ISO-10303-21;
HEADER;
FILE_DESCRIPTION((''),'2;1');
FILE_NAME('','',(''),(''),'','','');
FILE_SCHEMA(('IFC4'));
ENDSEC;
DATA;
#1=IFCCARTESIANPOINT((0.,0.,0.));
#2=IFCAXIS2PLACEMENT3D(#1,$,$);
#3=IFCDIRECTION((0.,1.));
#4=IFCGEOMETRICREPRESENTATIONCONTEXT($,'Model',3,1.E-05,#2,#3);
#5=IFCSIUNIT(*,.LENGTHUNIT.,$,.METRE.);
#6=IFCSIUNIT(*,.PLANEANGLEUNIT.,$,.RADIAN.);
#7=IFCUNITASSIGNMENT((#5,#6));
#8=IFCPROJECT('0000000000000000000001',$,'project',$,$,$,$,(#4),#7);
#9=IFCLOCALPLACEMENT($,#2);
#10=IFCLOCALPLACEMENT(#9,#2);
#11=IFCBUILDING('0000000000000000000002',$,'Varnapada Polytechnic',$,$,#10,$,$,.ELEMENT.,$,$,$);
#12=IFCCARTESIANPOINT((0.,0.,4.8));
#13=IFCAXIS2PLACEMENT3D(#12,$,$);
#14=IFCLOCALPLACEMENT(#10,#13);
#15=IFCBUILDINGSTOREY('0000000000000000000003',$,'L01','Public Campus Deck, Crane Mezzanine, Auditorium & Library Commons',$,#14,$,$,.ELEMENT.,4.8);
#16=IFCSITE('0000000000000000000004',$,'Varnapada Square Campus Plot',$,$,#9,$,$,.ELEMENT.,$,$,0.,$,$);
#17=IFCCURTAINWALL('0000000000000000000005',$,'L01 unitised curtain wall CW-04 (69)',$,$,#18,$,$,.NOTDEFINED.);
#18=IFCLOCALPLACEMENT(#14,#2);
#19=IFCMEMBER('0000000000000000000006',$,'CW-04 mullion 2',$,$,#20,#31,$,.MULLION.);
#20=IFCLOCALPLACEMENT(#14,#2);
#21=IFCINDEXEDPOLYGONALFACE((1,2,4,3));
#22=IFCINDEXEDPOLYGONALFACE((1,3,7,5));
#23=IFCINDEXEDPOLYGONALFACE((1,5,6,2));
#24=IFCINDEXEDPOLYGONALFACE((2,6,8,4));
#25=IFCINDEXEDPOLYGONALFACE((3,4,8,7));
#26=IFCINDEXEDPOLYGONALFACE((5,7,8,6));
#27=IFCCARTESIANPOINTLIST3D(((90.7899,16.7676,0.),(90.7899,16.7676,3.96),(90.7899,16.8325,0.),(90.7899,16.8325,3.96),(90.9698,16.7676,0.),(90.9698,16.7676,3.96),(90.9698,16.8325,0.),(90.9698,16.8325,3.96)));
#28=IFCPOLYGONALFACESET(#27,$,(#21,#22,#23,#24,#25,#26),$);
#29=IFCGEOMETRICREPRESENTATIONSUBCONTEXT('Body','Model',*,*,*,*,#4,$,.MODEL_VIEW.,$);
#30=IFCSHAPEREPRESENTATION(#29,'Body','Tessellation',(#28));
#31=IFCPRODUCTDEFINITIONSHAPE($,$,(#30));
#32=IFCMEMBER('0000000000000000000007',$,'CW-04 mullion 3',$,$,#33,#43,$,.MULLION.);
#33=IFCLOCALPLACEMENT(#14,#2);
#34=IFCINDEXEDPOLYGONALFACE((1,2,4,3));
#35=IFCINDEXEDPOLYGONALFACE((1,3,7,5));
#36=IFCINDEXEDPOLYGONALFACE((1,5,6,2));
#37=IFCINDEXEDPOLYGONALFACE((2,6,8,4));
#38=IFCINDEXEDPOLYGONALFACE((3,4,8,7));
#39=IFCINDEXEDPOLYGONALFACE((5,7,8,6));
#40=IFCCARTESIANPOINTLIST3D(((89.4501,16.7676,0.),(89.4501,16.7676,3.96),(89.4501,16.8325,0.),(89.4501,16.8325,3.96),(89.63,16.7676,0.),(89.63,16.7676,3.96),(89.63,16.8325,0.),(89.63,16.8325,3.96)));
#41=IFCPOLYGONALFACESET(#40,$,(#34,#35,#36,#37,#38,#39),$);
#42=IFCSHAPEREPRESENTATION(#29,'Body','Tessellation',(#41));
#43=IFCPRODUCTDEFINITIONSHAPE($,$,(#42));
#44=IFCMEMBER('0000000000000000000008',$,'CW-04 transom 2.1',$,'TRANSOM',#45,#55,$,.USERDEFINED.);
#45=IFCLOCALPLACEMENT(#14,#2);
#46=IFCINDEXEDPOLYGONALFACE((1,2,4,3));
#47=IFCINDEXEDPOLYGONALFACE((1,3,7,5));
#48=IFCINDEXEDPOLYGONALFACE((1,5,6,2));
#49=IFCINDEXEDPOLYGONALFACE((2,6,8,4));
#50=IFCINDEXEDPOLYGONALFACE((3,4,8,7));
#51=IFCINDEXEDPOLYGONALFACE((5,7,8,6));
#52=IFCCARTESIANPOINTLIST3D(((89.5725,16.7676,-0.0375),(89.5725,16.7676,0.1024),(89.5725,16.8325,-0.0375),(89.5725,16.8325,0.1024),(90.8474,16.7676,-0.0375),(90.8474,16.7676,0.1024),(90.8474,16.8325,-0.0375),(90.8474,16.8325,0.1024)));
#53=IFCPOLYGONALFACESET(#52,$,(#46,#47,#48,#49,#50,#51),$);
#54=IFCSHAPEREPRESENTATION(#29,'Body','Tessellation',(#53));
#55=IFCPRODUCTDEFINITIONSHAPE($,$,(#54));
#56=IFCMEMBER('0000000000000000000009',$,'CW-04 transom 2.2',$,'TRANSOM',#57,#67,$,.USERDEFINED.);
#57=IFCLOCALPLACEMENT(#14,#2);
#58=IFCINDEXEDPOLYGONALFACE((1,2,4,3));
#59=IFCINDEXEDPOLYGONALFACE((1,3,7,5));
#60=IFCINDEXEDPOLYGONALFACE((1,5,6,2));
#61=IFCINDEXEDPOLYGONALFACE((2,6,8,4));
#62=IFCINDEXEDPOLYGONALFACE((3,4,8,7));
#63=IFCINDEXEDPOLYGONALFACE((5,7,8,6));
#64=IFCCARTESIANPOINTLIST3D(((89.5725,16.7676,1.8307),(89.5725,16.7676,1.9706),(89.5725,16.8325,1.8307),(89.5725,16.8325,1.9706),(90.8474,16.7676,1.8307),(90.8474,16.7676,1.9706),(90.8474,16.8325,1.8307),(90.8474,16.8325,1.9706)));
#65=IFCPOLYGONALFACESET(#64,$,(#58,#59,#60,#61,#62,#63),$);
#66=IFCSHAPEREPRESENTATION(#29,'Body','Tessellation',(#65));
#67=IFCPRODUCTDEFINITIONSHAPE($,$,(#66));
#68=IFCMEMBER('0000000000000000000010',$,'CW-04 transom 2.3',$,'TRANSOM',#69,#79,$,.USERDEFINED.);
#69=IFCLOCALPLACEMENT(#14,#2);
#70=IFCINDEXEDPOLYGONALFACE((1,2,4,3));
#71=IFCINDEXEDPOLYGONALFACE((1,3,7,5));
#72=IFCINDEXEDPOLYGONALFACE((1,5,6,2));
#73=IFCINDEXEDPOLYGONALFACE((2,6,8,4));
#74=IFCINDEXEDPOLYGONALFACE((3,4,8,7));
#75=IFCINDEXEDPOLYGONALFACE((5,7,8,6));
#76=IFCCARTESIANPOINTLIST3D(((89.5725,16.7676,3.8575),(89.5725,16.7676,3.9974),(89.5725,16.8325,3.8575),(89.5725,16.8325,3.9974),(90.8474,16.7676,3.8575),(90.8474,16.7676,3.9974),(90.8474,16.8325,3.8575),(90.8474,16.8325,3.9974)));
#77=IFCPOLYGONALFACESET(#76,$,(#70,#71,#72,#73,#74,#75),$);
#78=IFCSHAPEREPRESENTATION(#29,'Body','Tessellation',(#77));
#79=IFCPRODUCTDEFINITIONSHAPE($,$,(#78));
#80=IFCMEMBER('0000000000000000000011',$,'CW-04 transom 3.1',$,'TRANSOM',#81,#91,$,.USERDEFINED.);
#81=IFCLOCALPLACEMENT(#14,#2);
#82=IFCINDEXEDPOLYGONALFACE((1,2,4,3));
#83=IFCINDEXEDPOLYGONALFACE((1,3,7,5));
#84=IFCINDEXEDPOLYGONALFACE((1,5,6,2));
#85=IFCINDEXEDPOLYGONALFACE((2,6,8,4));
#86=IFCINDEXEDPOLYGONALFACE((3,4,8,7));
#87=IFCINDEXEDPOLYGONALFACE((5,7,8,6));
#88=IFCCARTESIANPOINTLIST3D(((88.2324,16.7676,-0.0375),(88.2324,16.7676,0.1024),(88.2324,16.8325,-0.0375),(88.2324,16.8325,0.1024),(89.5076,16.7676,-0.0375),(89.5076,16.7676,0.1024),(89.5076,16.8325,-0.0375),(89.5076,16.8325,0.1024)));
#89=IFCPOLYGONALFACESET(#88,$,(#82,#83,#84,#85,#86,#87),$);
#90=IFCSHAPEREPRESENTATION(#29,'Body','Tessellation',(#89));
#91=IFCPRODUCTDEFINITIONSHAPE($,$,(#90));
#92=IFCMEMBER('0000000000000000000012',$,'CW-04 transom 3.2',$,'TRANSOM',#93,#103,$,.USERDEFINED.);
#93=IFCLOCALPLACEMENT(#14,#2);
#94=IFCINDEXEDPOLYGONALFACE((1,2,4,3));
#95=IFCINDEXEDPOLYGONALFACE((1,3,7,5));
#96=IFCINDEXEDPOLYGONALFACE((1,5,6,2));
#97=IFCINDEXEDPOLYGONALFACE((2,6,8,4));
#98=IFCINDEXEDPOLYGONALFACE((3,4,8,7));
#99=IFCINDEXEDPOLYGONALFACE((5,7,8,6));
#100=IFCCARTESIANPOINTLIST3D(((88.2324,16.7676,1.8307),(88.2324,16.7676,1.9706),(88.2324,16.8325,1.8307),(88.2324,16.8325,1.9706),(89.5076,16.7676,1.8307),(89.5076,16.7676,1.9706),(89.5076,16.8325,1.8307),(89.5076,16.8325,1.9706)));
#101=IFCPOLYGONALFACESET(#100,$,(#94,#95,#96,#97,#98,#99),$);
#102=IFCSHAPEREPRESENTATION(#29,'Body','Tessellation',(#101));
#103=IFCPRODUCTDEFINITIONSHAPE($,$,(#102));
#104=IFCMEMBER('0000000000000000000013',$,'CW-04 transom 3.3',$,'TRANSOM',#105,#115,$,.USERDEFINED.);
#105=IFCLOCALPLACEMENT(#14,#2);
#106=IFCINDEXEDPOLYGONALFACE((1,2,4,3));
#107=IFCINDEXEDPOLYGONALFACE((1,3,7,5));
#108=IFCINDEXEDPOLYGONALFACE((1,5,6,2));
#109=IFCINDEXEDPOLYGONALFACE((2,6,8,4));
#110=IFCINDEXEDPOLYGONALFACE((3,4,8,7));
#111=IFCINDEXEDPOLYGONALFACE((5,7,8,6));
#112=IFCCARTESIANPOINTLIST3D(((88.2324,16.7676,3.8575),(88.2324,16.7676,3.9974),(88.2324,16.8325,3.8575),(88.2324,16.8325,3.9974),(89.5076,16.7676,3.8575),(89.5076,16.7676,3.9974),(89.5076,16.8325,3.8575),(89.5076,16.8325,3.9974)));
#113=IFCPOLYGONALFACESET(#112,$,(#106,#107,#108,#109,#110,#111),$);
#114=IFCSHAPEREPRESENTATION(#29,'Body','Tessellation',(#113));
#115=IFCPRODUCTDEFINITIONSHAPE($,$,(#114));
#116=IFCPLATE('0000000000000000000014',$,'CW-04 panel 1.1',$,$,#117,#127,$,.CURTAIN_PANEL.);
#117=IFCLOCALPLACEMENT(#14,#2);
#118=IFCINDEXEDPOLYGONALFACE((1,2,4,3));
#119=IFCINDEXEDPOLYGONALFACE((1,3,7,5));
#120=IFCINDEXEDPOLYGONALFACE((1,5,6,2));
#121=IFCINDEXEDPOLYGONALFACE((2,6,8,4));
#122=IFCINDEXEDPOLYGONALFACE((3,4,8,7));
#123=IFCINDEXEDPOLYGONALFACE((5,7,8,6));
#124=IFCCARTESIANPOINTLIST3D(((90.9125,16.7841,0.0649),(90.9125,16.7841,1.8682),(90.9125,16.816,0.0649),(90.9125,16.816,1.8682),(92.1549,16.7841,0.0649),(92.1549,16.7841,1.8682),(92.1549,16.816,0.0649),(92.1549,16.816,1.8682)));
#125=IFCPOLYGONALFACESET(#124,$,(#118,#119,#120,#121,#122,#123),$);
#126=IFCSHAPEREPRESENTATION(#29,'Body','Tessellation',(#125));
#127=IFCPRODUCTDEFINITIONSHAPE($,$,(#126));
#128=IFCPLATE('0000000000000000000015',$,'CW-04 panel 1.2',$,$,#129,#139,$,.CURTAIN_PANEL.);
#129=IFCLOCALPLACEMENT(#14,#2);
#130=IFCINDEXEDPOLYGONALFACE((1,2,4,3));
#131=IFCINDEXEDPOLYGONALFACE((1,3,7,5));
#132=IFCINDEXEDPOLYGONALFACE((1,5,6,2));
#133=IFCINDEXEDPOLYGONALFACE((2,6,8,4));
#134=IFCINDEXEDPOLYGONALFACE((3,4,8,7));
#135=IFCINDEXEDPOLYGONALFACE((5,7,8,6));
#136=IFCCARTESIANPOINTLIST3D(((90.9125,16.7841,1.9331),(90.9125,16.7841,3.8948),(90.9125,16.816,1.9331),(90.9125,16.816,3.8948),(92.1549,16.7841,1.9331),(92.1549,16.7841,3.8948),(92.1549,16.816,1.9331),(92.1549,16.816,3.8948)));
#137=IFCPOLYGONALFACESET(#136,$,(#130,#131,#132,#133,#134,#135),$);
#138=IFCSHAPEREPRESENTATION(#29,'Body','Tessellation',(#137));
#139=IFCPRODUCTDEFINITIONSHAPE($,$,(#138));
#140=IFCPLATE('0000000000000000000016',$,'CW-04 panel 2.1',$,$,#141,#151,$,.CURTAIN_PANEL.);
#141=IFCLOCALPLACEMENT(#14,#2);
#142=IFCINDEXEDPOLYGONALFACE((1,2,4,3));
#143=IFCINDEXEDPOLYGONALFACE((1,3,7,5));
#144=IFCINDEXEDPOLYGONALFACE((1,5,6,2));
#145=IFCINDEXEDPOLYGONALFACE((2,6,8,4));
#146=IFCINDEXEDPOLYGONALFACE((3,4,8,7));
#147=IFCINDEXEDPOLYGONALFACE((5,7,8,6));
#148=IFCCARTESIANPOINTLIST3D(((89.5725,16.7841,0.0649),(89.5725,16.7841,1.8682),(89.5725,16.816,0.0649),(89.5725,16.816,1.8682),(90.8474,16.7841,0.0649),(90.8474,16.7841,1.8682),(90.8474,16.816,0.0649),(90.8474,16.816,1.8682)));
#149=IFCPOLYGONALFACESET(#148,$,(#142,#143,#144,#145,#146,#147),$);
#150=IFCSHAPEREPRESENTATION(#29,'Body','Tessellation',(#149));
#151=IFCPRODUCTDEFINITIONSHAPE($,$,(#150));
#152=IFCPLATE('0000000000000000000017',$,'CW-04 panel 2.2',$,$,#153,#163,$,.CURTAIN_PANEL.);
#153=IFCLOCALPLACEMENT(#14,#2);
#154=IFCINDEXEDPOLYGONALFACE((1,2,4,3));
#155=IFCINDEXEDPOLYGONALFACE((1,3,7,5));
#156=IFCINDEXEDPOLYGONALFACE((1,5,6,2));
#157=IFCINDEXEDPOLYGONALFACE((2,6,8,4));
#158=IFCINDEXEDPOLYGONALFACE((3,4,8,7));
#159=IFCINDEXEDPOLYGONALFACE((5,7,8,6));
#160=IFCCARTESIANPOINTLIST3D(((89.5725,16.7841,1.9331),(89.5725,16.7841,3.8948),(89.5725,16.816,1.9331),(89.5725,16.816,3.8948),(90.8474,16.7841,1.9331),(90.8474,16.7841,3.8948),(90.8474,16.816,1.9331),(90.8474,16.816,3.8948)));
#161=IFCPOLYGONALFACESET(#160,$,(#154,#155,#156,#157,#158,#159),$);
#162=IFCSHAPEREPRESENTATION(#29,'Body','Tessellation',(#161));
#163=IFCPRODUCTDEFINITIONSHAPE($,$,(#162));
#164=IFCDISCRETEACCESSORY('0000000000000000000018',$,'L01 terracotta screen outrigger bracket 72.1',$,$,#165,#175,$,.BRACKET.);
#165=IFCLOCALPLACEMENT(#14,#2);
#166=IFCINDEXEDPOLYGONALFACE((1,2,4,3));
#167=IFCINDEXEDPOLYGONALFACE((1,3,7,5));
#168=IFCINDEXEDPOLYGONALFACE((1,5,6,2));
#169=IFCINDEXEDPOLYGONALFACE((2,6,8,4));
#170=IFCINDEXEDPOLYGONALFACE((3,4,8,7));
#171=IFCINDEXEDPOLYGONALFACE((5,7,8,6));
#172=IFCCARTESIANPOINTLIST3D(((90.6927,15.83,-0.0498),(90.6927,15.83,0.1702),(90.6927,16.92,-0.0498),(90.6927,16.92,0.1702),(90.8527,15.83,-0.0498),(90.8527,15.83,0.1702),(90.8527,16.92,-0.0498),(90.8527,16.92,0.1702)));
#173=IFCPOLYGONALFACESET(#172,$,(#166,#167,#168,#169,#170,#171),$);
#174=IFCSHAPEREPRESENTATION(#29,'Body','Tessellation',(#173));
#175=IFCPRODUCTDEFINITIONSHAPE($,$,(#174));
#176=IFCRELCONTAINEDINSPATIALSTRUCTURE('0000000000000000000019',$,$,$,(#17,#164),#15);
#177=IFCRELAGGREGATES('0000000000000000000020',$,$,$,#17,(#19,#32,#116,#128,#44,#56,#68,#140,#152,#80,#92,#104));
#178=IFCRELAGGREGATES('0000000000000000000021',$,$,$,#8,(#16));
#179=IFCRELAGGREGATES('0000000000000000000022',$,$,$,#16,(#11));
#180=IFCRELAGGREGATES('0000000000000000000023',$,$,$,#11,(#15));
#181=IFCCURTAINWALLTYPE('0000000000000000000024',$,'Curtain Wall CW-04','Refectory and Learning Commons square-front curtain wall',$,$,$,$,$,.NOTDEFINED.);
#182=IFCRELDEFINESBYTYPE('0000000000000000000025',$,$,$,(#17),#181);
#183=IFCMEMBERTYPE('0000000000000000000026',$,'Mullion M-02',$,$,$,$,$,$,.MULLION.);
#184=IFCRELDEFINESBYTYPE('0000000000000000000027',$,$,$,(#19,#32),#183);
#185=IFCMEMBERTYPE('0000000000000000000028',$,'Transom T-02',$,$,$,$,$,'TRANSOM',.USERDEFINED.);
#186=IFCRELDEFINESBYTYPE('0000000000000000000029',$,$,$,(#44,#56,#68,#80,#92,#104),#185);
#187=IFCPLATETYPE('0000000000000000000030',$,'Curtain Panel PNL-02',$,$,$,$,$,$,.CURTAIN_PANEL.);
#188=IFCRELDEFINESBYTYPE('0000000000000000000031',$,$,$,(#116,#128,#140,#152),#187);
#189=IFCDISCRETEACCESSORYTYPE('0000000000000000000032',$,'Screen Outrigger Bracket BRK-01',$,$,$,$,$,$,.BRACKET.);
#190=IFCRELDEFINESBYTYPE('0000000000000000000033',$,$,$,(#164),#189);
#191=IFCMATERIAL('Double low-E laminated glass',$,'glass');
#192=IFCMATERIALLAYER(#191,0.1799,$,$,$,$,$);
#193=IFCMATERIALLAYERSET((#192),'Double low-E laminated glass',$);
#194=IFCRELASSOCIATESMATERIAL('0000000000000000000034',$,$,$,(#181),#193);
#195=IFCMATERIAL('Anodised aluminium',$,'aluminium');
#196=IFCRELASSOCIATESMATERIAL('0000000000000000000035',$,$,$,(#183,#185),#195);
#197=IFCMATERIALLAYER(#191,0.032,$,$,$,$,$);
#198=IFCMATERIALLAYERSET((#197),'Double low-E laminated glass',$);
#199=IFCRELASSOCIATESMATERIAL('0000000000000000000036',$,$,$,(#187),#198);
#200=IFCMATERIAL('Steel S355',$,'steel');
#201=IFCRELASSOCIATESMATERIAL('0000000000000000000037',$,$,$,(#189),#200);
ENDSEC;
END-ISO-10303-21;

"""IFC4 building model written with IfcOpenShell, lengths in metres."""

from ifc_helpers import new_model, si_unit, direction, frame, origin, origin_2d, place, context, subcontext, project, spatial, rectangle, extrude, material, layer, layer_set, material_profile, profile_set, type_object, element, aggregate, save


model = new_model("IFC4")

# Units and contexts
model_context = context("Model", 3, precision=1e-05, world=origin(), true_north=direction((0.0, 1.0)))
body_context = subcontext(model_context, "Body", "Model", "MODEL_VIEW")
ifc_project = project(units=[si_unit("LENGTHUNIT", "METRE"), si_unit("PLANEANGLEUNIT", "RADIAN")], contexts=[model_context])

# Site, building, storey
site_placement = place(None, origin())
site = spatial("IfcSite", under=ifc_project, at=site_placement, Name="Varnapada Square Campus Plot", CompositionType="ELEMENT", RefElevation=0.0)
building_placement = place(site_placement, origin())
building = spatial("IfcBuilding", under=site, at=building_placement, Name="Varnapada Polytechnic", CompositionType="ELEMENT")
storey_placement = place(building_placement, frame((0.0, 0.0, 4.8)))
storey = spatial("IfcBuildingStorey", under=building, at=storey_placement, Name="L01", Description="Public Campus Deck, Crane Mezzanine, Auditorium & Library Commons", CompositionType="ELEMENT", Elevation=4.8)

# Curtain wall, members, plates
ifc_material_1 = material(Name="Double low-E laminated glass", Category="glass")
ifc_layer_1 = layer(ifc_material_1, 0.1799)
ifc_layer_set_1 = layer_set([ifc_layer_1], Name="Double low-E laminated glass")
curtain_wall_type = type_object("IfcCurtainWallType", Name="Curtain Wall CW-04", Description="Refectory and Learning Commons square-front curtain wall", PredefinedType="NOTDEFINED", material=ifc_layer_set_1)
curtain_wall_placement = place(storey_placement, origin())
curtain_wall = element("IfcCurtainWall", 1, at=curtain_wall_placement, inside=storey, type_object=curtain_wall_type, Name="L01 unitised curtain wall CW-04 (69)", PredefinedType="NOTDEFINED")
ifc_material_2 = material(Name="Anodised aluminium", Category="aluminium")
ifc_material_profile_1 = material_profile(ifc_material_2, rectangle(XDim=0.0649, YDim=0.1799, at=origin_2d()), Name="ALU M65x180")
ifc_profile_set_1 = profile_set([ifc_material_profile_1], Name="Anodised aluminium")
member_type_1 = type_object("IfcMemberType", Name="Mullion M-02", PredefinedType="MULLION", material=ifc_profile_set_1)
member_1_placement = place(storey_placement, frame((90.8799, 16.8, 0.0), z_axis=(0.0, 0.0, 1.0), x_axis=(0.0, -1.0, 0.0)))
member_1 = element("IfcMember", 2, at=member_1_placement, type_object=member_type_1, Name="CW-04 mullion 2", PredefinedType="MULLION", context=body_context, shape_type="SweptSolid", body=[
    extrude(rectangle(XDim=0.0649, YDim=0.1799, at=origin_2d()), origin(), (0.0, 0.0, 1.0), 3.96),
])
member_2_placement = place(storey_placement, frame((89.54, 16.8, 0.0), z_axis=(0.0, 0.0, 1.0), x_axis=(0.0, -1.0, 0.0)))
member_2 = element("IfcMember", 3, at=member_2_placement, type_object=member_type_1, Name="CW-04 mullion 3", PredefinedType="MULLION", context=body_context, shape_type="SweptSolid", body=[
    extrude(rectangle(XDim=0.0649, YDim=0.1799, at=origin_2d()), origin(), (0.0, 0.0, 1.0), 3.96),
])
ifc_material_profile_2 = material_profile(ifc_material_2, rectangle(XDim=0.0649, YDim=0.1399, at=origin_2d()), Name="ALU T65x140")
ifc_profile_set_2 = profile_set([ifc_material_profile_2], Name="Anodised aluminium")
member_type_2 = type_object("IfcMemberType", Name="Transom T-02", ElementType="TRANSOM", PredefinedType="USERDEFINED", material=ifc_profile_set_2)
member_3_placement = place(storey_placement, frame((90.8474, 16.8, 0.0325), z_axis=(-1.0, 0.0, 0.0), x_axis=(0.0, -1.0, 0.0)))
member_3 = element("IfcMember", 4, at=member_3_placement, type_object=member_type_2, Name="CW-04 transom 2.1", ObjectType="TRANSOM", PredefinedType="USERDEFINED", context=body_context, shape_type="SweptSolid", body=[
    extrude(rectangle(XDim=0.0649, YDim=0.1399, at=origin_2d()), origin(), (0.0, 0.0, 1.0), 1.2749),
])
member_4_placement = place(storey_placement, frame((90.8474, 16.8, 1.9006), z_axis=(-1.0, 0.0, 0.0), x_axis=(0.0, -1.0, 0.0)))
member_4 = element("IfcMember", 5, at=member_4_placement, type_object=member_type_2, Name="CW-04 transom 2.2", ObjectType="TRANSOM", PredefinedType="USERDEFINED", context=body_context, shape_type="SweptSolid", body=[
    extrude(rectangle(XDim=0.0649, YDim=0.1399, at=origin_2d()), origin(), (0.0, 0.0, 1.0), 1.2749),
])
member_5_placement = place(storey_placement, frame((90.8474, 16.8, 3.9275), z_axis=(-1.0, 0.0, 0.0), x_axis=(0.0, -1.0, 0.0)))
member_5 = element("IfcMember", 6, at=member_5_placement, type_object=member_type_2, Name="CW-04 transom 2.3", ObjectType="TRANSOM", PredefinedType="USERDEFINED", context=body_context, shape_type="SweptSolid", body=[
    extrude(rectangle(XDim=0.0649, YDim=0.1399, at=origin_2d()), origin(), (0.0, 0.0, 1.0), 1.2749),
])
member_6_placement = place(storey_placement, frame((89.5076, 16.8, 0.0325), z_axis=(-1.0, 0.0, 0.0), x_axis=(0.0, -1.0, 0.0)))
member_6 = element("IfcMember", 7, at=member_6_placement, type_object=member_type_2, Name="CW-04 transom 3.1", ObjectType="TRANSOM", PredefinedType="USERDEFINED", context=body_context, shape_type="SweptSolid", body=[
    extrude(rectangle(XDim=0.0649, YDim=0.1399, at=origin_2d()), origin(), (0.0, 0.0, 1.0), 1.2751),
])
member_7_placement = place(storey_placement, frame((89.5076, 16.8, 1.9006), z_axis=(-1.0, 0.0, 0.0), x_axis=(0.0, -1.0, 0.0)))
member_7 = element("IfcMember", 8, at=member_7_placement, type_object=member_type_2, Name="CW-04 transom 3.2", ObjectType="TRANSOM", PredefinedType="USERDEFINED", context=body_context, shape_type="SweptSolid", body=[
    extrude(rectangle(XDim=0.0649, YDim=0.1399, at=origin_2d()), origin(), (0.0, 0.0, 1.0), 1.2751),
])
member_8_placement = place(storey_placement, frame((89.5076, 16.8, 3.9275), z_axis=(-1.0, 0.0, 0.0), x_axis=(0.0, -1.0, 0.0)))
member_8 = element("IfcMember", 9, at=member_8_placement, type_object=member_type_2, Name="CW-04 transom 3.3", ObjectType="TRANSOM", PredefinedType="USERDEFINED", context=body_context, shape_type="SweptSolid", body=[
    extrude(rectangle(XDim=0.0649, YDim=0.1399, at=origin_2d()), origin(), (0.0, 0.0, 1.0), 1.2751),
])
ifc_layer_2 = layer(ifc_material_1, 0.032)
ifc_layer_set_2 = layer_set([ifc_layer_2], Name="Double low-E laminated glass")
plate_type = type_object("IfcPlateType", Name="Curtain Panel PNL-02", PredefinedType="CURTAIN_PANEL", material=ifc_layer_set_2)
plate_1_placement = place(storey_placement, frame((91.5337, 16.8, 0.0649), z_axis=(0.0, 0.0, 1.0), x_axis=(-1.0, 0.0, 0.0)))
plate_1 = element("IfcPlate", 10, at=plate_1_placement, type_object=plate_type, Name="CW-04 panel 1.1", PredefinedType="CURTAIN_PANEL", context=body_context, shape_type="SweptSolid", body=[
    extrude(rectangle(XDim=1.2424, YDim=0.032, at=origin_2d()), origin(), (0.0, 0.0, 1.0), 1.8032),
])
plate_2_placement = place(storey_placement, frame((91.5337, 16.8, 1.9331), z_axis=(0.0, 0.0, 1.0), x_axis=(-1.0, 0.0, 0.0)))
plate_2 = element("IfcPlate", 11, at=plate_2_placement, type_object=plate_type, Name="CW-04 panel 1.2", PredefinedType="CURTAIN_PANEL", context=body_context, shape_type="SweptSolid", body=[
    extrude(rectangle(XDim=1.2424, YDim=0.032, at=origin_2d()), origin(), (0.0, 0.0, 1.0), 1.9617),
])
plate_3_placement = place(storey_placement, frame((90.21, 16.8, 0.0649), z_axis=(0.0, 0.0, 1.0), x_axis=(-1.0, 0.0, 0.0)))
plate_3 = element("IfcPlate", 12, at=plate_3_placement, type_object=plate_type, Name="CW-04 panel 2.1", PredefinedType="CURTAIN_PANEL", context=body_context, shape_type="SweptSolid", body=[
    extrude(rectangle(XDim=1.2749, YDim=0.032, at=origin_2d()), origin(), (0.0, 0.0, 1.0), 1.8032),
])
plate_4_placement = place(storey_placement, frame((90.21, 16.8, 1.9331), z_axis=(0.0, 0.0, 1.0), x_axis=(-1.0, 0.0, 0.0)))
plate_4 = element("IfcPlate", 13, at=plate_4_placement, type_object=plate_type, Name="CW-04 panel 2.2", PredefinedType="CURTAIN_PANEL", context=body_context, shape_type="SweptSolid", body=[
    extrude(rectangle(XDim=1.2749, YDim=0.032, at=origin_2d()), origin(), (0.0, 0.0, 1.0), 1.9617),
])
aggregate(curtain_wall, [member_1, member_2, plate_1, plate_2, member_3, member_4, member_5, plate_3, plate_4, member_6, member_7, member_8])

# Discrete accessory
ifc_material_3 = material(Name="Steel S355", Category="steel")
discrete_accessory_type = type_object("IfcDiscreteAccessoryType", Name="Screen Outrigger Bracket BRK-01", PredefinedType="BRACKET", material=ifc_material_3)
discrete_accessory_placement = place(storey_placement, frame((90.7727, 16.375, -0.0498), z_axis=(0.0, 0.0, 1.0), x_axis=(-1.0, 0.0, 0.0)))
element("IfcDiscreteAccessory", 14, at=discrete_accessory_placement, inside=storey, type_object=discrete_accessory_type, Name="L01 terracotta screen outrigger bracket 72.1", PredefinedType="BRACKET", context=body_context, shape_type="SweptSolid", body=[
    extrude(rectangle(XDim=0.1599, YDim=1.0901, at=origin_2d()), origin(), (0.0, 0.0, 1.0), 0.22),
])

save(model, "model.ifc")
